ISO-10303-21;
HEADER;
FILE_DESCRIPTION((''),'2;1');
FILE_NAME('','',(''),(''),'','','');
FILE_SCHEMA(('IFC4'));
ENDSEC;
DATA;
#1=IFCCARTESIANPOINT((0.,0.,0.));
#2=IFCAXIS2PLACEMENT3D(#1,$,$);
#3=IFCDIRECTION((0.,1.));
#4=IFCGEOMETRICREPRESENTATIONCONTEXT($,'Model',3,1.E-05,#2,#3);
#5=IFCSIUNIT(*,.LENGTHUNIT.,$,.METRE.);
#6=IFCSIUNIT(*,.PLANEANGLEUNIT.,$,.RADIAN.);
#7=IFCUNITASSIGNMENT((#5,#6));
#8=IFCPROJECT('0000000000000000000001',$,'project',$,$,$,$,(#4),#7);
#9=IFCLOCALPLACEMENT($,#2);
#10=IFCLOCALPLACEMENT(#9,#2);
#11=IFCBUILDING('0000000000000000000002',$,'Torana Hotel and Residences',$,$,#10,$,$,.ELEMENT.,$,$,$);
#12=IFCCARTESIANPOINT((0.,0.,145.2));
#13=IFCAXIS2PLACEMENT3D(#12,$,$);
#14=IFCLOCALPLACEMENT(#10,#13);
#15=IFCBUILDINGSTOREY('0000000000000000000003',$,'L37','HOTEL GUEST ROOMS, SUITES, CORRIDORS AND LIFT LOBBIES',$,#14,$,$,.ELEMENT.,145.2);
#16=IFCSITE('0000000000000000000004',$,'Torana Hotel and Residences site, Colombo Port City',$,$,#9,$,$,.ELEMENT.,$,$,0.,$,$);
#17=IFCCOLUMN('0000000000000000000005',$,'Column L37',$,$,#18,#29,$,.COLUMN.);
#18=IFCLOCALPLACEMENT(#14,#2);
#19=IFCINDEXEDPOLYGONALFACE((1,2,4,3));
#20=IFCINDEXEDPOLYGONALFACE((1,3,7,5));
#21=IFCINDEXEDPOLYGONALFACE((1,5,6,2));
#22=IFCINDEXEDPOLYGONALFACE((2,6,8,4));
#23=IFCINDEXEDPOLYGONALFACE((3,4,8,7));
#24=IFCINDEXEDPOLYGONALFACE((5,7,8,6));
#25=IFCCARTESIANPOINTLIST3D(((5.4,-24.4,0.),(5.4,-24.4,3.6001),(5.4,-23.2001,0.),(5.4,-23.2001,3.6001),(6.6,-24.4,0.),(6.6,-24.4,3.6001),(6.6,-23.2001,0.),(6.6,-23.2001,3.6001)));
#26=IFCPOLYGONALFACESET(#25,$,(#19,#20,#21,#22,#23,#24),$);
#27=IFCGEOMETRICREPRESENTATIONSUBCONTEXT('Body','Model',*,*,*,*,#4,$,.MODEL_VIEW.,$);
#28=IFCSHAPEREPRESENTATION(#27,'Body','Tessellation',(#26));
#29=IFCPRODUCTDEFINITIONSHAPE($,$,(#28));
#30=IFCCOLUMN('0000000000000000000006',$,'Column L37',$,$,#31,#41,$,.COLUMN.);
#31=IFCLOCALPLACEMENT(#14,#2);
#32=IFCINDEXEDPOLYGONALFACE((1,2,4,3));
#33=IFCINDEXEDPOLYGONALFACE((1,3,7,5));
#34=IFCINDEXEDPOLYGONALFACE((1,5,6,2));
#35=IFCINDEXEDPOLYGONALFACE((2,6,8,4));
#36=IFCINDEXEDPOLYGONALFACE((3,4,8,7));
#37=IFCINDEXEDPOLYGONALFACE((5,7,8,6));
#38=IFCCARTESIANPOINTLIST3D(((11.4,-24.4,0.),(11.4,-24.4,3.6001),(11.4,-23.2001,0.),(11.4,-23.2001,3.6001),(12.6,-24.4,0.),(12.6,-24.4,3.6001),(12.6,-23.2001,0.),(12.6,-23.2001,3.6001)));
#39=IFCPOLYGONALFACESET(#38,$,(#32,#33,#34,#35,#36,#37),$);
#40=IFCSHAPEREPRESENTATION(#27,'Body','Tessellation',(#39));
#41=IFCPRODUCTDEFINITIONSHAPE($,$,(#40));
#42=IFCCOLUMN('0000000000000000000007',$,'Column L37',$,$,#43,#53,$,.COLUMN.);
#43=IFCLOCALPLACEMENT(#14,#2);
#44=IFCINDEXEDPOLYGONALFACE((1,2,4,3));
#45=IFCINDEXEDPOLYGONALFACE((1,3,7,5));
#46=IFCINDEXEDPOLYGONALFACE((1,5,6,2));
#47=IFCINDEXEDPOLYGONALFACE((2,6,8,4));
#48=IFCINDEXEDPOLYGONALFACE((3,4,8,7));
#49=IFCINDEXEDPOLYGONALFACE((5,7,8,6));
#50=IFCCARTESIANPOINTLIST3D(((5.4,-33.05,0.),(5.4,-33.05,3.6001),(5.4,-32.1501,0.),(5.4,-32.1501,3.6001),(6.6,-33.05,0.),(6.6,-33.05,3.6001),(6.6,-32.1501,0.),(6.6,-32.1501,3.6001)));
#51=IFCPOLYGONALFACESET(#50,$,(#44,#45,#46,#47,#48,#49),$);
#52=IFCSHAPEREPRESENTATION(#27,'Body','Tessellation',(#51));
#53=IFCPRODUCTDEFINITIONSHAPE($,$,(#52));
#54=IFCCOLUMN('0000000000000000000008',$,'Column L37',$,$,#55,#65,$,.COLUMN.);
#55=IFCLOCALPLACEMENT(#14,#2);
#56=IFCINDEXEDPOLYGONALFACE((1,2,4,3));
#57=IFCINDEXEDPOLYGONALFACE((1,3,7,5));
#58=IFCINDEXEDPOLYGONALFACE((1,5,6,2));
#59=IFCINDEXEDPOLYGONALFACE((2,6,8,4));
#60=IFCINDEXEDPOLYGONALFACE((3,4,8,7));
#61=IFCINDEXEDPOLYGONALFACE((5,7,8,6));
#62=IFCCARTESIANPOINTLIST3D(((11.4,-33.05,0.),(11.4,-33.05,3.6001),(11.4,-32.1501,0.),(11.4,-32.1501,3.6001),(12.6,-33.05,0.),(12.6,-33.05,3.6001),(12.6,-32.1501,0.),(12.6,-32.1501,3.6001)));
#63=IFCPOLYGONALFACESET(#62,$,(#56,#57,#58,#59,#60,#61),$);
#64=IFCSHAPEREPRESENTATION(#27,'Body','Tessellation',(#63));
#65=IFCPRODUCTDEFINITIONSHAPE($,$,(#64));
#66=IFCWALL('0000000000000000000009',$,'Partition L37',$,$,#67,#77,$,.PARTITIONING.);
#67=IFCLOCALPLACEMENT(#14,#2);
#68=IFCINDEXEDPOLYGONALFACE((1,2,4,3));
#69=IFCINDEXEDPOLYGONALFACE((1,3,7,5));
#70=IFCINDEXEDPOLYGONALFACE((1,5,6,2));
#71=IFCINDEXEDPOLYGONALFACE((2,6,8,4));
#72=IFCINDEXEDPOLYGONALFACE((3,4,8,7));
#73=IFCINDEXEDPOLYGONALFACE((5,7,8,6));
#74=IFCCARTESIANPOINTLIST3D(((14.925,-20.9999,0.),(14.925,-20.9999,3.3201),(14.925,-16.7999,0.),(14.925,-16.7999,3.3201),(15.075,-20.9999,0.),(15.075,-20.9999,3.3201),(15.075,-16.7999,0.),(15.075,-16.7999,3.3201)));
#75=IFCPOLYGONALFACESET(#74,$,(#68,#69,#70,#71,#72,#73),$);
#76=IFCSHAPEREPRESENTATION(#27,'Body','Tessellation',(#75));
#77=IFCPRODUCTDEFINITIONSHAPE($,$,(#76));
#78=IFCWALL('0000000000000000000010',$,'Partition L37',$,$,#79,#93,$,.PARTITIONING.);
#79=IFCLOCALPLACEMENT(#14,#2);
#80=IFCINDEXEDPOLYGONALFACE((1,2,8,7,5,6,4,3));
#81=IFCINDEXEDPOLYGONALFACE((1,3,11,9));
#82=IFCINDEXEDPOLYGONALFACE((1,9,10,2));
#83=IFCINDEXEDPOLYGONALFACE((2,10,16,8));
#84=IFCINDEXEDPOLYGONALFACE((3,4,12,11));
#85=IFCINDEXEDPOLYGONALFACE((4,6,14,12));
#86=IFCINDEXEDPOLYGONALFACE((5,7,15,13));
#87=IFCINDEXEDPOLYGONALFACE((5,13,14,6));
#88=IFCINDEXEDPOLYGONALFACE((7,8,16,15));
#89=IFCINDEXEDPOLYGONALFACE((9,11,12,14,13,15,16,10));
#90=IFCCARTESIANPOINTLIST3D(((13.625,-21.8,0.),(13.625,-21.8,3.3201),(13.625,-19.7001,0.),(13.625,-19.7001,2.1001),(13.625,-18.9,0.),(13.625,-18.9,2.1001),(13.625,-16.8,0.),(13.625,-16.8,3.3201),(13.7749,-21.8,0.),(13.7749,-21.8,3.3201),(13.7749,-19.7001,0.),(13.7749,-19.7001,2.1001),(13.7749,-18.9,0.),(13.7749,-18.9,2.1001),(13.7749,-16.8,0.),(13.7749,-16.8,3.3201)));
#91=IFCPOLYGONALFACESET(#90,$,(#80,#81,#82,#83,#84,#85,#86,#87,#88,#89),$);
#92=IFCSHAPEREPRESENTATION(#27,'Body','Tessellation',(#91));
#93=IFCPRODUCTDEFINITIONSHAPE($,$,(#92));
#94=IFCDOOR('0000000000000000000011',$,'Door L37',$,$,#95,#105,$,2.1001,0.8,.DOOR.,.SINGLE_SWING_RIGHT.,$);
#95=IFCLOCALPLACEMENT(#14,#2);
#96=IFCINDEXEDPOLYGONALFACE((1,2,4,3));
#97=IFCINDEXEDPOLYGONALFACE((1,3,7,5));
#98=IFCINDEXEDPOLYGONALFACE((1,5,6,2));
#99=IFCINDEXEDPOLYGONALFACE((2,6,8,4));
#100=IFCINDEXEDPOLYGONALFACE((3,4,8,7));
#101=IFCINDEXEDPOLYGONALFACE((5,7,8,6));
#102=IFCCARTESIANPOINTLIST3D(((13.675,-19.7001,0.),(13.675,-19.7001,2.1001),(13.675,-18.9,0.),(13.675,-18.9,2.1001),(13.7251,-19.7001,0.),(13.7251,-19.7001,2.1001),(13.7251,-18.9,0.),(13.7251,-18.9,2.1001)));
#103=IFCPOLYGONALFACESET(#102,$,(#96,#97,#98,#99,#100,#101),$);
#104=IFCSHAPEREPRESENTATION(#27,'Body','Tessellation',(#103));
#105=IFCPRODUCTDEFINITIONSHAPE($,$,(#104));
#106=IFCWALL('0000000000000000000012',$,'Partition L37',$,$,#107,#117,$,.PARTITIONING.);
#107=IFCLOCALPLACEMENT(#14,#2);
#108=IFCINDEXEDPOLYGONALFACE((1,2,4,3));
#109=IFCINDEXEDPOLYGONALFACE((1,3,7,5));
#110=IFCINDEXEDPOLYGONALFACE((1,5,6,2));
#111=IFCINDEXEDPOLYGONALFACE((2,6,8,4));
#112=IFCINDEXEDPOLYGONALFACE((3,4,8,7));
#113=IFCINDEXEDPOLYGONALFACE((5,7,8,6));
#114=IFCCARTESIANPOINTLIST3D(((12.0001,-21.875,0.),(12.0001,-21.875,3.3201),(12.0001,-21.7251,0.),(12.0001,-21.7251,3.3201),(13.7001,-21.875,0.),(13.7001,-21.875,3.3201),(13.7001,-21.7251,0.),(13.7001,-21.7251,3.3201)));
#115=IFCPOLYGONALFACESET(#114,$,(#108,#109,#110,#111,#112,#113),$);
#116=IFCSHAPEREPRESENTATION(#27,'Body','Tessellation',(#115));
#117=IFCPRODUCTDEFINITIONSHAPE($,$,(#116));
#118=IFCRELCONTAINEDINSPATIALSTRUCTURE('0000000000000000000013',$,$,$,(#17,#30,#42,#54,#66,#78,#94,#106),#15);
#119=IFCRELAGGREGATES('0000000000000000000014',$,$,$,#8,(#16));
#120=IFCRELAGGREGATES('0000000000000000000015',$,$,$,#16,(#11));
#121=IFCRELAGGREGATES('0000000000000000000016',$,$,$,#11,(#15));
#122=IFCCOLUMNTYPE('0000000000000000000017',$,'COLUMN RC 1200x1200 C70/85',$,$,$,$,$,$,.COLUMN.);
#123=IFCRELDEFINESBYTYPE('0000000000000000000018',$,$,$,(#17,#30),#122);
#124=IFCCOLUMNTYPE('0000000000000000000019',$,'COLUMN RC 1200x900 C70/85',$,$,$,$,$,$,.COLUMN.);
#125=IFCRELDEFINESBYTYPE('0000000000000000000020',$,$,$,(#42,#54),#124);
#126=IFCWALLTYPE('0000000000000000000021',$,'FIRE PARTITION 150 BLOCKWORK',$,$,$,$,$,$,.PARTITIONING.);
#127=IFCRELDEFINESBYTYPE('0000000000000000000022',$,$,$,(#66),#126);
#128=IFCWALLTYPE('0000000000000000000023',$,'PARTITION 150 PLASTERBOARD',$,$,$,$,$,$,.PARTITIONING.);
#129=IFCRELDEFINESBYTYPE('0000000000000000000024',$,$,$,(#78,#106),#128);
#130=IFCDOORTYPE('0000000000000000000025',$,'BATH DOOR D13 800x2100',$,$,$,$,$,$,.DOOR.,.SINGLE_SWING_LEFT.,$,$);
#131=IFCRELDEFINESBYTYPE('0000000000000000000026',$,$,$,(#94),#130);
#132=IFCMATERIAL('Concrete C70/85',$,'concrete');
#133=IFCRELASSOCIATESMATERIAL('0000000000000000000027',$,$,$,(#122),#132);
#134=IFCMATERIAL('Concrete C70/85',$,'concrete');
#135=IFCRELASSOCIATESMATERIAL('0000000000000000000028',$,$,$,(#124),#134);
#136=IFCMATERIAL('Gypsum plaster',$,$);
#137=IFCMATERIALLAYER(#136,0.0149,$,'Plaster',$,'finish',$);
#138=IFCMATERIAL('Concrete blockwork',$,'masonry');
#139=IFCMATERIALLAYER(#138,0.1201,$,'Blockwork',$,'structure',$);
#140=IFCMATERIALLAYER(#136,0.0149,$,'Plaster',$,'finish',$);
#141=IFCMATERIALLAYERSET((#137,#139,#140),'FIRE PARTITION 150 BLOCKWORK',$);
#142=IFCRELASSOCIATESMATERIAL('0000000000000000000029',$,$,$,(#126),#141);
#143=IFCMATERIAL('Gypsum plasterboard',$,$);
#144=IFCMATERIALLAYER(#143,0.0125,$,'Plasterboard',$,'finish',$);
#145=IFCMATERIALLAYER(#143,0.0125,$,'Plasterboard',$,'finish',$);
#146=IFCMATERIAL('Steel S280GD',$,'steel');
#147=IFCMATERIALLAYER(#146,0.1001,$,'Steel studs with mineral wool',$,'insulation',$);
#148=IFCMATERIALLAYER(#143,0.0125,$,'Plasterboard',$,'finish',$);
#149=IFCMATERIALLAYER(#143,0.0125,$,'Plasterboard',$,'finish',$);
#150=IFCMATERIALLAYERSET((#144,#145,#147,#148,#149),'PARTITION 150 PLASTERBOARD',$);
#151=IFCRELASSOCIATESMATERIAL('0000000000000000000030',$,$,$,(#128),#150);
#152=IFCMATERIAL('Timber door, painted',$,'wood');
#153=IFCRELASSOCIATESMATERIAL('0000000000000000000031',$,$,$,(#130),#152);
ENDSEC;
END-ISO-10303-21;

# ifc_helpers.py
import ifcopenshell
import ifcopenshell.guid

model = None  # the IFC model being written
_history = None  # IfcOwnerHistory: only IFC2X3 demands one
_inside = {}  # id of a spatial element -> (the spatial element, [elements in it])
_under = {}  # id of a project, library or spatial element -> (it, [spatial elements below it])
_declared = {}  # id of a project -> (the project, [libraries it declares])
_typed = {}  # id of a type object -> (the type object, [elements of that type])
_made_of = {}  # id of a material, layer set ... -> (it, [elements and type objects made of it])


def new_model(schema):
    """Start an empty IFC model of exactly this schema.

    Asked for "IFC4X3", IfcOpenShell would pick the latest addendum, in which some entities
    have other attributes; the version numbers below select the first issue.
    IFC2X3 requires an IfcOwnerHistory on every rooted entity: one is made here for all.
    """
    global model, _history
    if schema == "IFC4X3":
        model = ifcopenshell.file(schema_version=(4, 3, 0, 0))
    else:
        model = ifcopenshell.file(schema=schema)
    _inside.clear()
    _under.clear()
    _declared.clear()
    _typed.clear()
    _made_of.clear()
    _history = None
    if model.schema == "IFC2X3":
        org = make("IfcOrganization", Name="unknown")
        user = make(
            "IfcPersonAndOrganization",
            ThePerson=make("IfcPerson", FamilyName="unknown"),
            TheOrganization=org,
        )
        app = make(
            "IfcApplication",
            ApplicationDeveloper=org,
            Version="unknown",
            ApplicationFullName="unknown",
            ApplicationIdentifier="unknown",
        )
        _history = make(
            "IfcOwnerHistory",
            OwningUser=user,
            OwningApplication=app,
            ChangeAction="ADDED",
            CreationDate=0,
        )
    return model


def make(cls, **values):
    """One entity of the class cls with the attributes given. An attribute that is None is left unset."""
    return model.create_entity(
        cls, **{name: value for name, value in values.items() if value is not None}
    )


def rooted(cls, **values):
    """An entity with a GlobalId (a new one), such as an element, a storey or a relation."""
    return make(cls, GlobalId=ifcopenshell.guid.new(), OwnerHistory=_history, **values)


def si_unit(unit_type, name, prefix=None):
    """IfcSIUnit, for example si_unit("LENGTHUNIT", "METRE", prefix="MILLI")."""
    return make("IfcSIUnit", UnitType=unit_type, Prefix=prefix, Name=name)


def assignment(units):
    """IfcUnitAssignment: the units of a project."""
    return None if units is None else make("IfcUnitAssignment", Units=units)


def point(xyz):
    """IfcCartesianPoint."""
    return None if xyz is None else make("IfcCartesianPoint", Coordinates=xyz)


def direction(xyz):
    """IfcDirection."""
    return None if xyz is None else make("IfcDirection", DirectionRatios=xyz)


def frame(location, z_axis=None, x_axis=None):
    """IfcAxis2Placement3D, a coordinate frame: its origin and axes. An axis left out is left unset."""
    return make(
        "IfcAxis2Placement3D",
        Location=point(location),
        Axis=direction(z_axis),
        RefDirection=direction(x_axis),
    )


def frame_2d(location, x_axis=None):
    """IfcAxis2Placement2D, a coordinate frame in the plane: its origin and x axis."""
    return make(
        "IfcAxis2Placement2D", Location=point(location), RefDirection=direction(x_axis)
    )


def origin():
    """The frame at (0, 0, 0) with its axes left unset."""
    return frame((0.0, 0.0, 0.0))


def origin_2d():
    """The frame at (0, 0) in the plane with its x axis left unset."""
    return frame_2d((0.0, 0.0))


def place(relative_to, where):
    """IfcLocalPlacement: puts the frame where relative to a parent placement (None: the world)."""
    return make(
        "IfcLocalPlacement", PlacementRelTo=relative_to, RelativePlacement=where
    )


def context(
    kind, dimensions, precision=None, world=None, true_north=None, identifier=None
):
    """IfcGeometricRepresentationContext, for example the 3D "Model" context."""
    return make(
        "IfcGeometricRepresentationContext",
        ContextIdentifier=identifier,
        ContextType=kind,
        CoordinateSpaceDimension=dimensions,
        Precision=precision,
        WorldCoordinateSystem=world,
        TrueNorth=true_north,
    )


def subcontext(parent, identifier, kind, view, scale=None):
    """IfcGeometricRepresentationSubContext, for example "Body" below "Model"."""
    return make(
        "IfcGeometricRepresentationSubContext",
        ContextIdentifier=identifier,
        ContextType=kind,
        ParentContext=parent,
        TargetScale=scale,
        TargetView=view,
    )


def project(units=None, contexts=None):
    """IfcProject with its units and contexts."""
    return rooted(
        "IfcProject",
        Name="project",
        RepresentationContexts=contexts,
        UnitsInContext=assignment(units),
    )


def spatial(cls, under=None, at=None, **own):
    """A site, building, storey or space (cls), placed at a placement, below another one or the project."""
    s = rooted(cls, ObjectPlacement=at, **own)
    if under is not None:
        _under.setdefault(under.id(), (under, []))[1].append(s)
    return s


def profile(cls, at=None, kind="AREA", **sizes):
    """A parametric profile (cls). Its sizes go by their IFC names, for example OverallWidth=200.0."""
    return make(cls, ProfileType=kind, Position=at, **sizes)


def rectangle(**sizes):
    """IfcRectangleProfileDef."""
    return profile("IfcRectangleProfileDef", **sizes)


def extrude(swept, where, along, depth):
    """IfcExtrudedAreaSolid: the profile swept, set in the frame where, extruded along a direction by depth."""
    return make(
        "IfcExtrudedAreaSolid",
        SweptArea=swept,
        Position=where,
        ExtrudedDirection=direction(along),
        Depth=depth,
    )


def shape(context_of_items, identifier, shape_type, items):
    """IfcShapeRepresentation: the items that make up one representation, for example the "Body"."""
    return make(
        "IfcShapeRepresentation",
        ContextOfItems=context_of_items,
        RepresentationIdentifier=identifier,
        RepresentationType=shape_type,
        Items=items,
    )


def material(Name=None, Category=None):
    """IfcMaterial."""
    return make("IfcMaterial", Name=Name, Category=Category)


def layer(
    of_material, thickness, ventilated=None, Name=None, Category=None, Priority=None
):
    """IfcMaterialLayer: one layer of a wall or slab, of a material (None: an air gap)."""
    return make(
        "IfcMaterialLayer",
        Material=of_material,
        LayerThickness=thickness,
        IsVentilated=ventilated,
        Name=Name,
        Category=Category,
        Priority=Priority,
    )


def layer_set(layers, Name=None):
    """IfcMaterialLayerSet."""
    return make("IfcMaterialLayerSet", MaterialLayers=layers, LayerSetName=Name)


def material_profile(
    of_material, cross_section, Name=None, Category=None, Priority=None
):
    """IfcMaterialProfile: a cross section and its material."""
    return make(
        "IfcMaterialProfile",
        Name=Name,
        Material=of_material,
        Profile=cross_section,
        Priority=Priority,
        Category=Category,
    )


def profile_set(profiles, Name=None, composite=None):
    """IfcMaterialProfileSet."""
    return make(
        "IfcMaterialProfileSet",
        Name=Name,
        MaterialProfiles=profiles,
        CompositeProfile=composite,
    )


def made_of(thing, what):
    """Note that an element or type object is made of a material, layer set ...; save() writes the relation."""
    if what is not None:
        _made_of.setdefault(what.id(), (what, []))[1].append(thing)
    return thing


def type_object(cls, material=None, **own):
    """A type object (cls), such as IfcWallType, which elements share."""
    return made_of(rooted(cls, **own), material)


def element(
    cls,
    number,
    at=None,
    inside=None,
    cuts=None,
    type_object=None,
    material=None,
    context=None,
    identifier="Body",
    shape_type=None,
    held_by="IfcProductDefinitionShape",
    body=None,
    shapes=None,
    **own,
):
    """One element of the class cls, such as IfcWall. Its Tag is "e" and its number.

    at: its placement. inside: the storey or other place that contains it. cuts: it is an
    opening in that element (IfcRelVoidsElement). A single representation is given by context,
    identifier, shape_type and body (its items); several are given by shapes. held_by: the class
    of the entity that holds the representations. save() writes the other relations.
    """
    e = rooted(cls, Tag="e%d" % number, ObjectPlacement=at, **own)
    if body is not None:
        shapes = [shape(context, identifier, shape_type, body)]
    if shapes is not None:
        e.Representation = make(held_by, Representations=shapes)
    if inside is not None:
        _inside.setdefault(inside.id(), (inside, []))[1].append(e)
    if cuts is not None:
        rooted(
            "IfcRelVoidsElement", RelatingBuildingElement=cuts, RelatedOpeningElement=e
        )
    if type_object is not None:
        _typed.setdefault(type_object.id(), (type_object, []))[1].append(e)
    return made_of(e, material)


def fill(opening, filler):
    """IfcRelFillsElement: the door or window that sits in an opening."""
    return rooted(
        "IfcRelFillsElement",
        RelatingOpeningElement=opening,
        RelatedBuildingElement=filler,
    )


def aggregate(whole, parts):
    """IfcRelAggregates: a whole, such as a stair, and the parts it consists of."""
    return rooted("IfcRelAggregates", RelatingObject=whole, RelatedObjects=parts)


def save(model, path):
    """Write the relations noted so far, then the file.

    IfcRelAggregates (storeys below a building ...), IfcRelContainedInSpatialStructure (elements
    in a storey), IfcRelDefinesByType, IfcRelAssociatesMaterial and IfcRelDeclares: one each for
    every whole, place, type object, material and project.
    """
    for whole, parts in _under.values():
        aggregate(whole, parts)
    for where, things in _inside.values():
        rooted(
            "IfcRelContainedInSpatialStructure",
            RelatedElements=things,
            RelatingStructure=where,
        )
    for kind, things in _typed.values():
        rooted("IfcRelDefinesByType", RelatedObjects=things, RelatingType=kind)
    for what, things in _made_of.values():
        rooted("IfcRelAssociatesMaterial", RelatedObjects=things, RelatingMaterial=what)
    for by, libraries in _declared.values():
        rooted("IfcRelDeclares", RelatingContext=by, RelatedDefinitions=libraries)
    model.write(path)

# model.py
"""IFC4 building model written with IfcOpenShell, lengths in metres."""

from ifc_helpers import new_model, si_unit, direction, frame, frame_2d, origin, origin_2d, place, context, subcontext, project, spatial, rectangle, extrude, material, layer, layer_set, material_profile, profile_set, type_object, element, fill, save


model = new_model("IFC4")

# Units and contexts
model_context = context("Model", 3, precision=1e-05, world=origin(), true_north=direction((0.0, 1.0)))
body_context = subcontext(model_context, "Body", "Model", "MODEL_VIEW")
ifc_project = project(units=[si_unit("LENGTHUNIT", "METRE"), si_unit("PLANEANGLEUNIT", "RADIAN")], contexts=[model_context])

# Site, building, storey
site_placement = place(None, origin())
site = spatial("IfcSite", under=ifc_project, at=site_placement, Name="Torana Hotel and Residences site, Colombo Port City", CompositionType="ELEMENT", RefElevation=0.0)
building_placement = place(site_placement, origin())
building = spatial("IfcBuilding", under=site, at=building_placement, Name="Torana Hotel and Residences", CompositionType="ELEMENT")
storey_placement = place(building_placement, frame((0.0, 0.0, 145.2)))
storey = spatial("IfcBuildingStorey", under=building, at=storey_placement, Name="L37", Description="HOTEL GUEST ROOMS, SUITES, CORRIDORS AND LIFT LOBBIES", CompositionType="ELEMENT", Elevation=145.2)

# Columns
ifc_material_1 = material(Name="Concrete C70/85", Category="concrete")
ifc_material_profile_1 = material_profile(ifc_material_1, rectangle(XDim=1.2, YDim=1.2, at=origin_2d()), Name="RC 1200x1200")
ifc_profile_set_1 = profile_set([ifc_material_profile_1], Name="Concrete C70/85")
column_type_1 = type_object("IfcColumnType", Name="COLUMN RC 1200x1200 C70/85", PredefinedType="COLUMN", material=ifc_profile_set_1)
for number, where, z_axis, x_axis, name in (
    (1, (6.0, -23.8, 0.0), (0.0, 0.0, 1.0), (1.0, 0.0, 0.0), "Column L37"),
    (2, (12.0, -23.8, 0.0), (0.0, 0.0, 1.0), (1.0, 0.0, 0.0), "Column L37"),
):
    element("IfcColumn", number, at=place(storey_placement, frame(where, z_axis=z_axis, x_axis=x_axis)), inside=storey, type_object=column_type_1, Name=name, PredefinedType="COLUMN", context=body_context, shape_type="SweptSolid", body=[
        extrude(rectangle(XDim=1.2, YDim=1.2, at=origin_2d()), origin(), (0.0, 0.0, 1.0), 3.6001),
    ])
ifc_material_2 = material(Name="Concrete C70/85", Category="concrete")
ifc_material_profile_2 = material_profile(ifc_material_2, rectangle(XDim=1.2, YDim=0.8999, at=origin_2d()), Name="RC 1200x900")
ifc_profile_set_2 = profile_set([ifc_material_profile_2], Name="Concrete C70/85")
column_type_2 = type_object("IfcColumnType", Name="COLUMN RC 1200x900 C70/85", PredefinedType="COLUMN", material=ifc_profile_set_2)
for number, where, z_axis, x_axis, name in (
    (3, (6.0, -32.6001, 0.0), (0.0, 0.0, 1.0), (1.0, 0.0, 0.0), "Column L37"),
    (4, (12.0, -32.6001, 0.0), (0.0, 0.0, 1.0), (1.0, 0.0, 0.0), "Column L37"),
):
    element("IfcColumn", number, at=place(storey_placement, frame(where, z_axis=z_axis, x_axis=x_axis)), inside=storey, type_object=column_type_2, Name=name, PredefinedType="COLUMN", context=body_context, shape_type="SweptSolid", body=[
        extrude(rectangle(XDim=1.2, YDim=0.8999, at=origin_2d()), origin(), (0.0, 0.0, 1.0), 3.6001),
    ])

# Wall
ifc_material_3 = material(Name="Gypsum plaster")
ifc_layer_1 = layer(ifc_material_3, 0.0149, Name="Plaster", Category="finish")
ifc_material_4 = material(Name="Concrete blockwork", Category="masonry")
ifc_layer_2 = layer(ifc_material_4, 0.1201, Name="Blockwork", Category="structure")
ifc_layer_3 = layer(ifc_material_3, 0.0149, Name="Plaster", Category="finish")
ifc_layer_set_1 = layer_set([ifc_layer_1, ifc_layer_2, ifc_layer_3], Name="FIRE PARTITION 150 BLOCKWORK")
wall_type_1 = type_object("IfcWallType", Name="FIRE PARTITION 150 BLOCKWORK", PredefinedType="PARTITIONING", material=ifc_layer_set_1)
wall_1_placement = place(storey_placement, frame((15.0, -21.0, 0.0), z_axis=(0.0, 0.0, 1.0), x_axis=(0.0, 1.0, 0.0)))
element("IfcWall", 5, at=wall_1_placement, inside=storey, type_object=wall_type_1, Name="Partition L37", PredefinedType="PARTITIONING", context=body_context, shape_type="SweptSolid", body=[
    extrude(rectangle(XDim=4.2, YDim=0.1499, at=frame_2d((2.1001, 0.0))), origin(), (0.0, 0.0, 1.0), 3.3201),
])

# Wall, opening, door
ifc_material_5 = material(Name="Gypsum plasterboard")
ifc_layer_4 = layer(ifc_material_5, 0.0125, Name="Plasterboard", Category="finish")
ifc_layer_5 = layer(ifc_material_5, 0.0125, Name="Plasterboard", Category="finish")
ifc_material_6 = material(Name="Steel S280GD", Category="steel")
ifc_layer_6 = layer(ifc_material_6, 0.1001, Name="Steel studs with mineral wool", Category="insulation")
ifc_layer_7 = layer(ifc_material_5, 0.0125, Name="Plasterboard", Category="finish")
ifc_layer_8 = layer(ifc_material_5, 0.0125, Name="Plasterboard", Category="finish")
ifc_layer_set_2 = layer_set([ifc_layer_4, ifc_layer_5, ifc_layer_6, ifc_layer_7, ifc_layer_8], Name="PARTITION 150 PLASTERBOARD")
wall_type_2 = type_object("IfcWallType", Name="PARTITION 150 PLASTERBOARD", PredefinedType="PARTITIONING", material=ifc_layer_set_2)
wall_2_placement = place(storey_placement, frame((13.7, -21.8, 0.0), z_axis=(0.0, 0.0, 1.0), x_axis=(0.0, 1.0, 0.0)))
wall_2 = element("IfcWall", 6, at=wall_2_placement, inside=storey, type_object=wall_type_2, Name="Partition L37", PredefinedType="PARTITIONING", context=body_context, shape_type="SweptSolid", body=[
    extrude(rectangle(XDim=5.0, YDim=0.1499, at=frame_2d((2.5, 0.0))), origin(), (0.0, 0.0, 1.0), 3.3201),
])
opening_placement = place(wall_2_placement, frame((2.1001, 0.0, 0.0)))
opening = element("IfcOpeningElement", 7, at=opening_placement, cuts=wall_2, PredefinedType="OPENING", context=body_context, shape_type="SweptSolid", body=[
    extrude(rectangle(XDim=0.8, YDim=2.1001, at=frame_2d((0.3999, 1.05))), frame((0.0, 0.085, 0.0), z_axis=(0.0, -1.0, 0.0), x_axis=(1.0, 0.0, 0.0)), (0.0, 0.0, 1.0), 0.1699),
])
ifc_material_7 = material(Name="Timber door, painted", Category="wood")
door_type = type_object("IfcDoorType", Name="BATH DOOR D13 800x2100", OperationType="SINGLE_SWING_LEFT", PredefinedType="DOOR", material=ifc_material_7)
door_placement = place(opening_placement, origin())
door = element("IfcDoor", 8, at=door_placement, inside=storey, type_object=door_type, Name="Door L37", OperationType="SINGLE_SWING_RIGHT", OverallHeight=2.1001, OverallWidth=0.8, PredefinedType="DOOR", context=body_context, shape_type="SweptSolid", body=[
    extrude(rectangle(XDim=0.8, YDim=2.1001, at=frame_2d((0.3999, 1.05))), frame((0.0, 0.0249, 0.0), z_axis=(0.0, -1.0, 0.0), x_axis=(1.0, 0.0, 0.0)), (0.0, 0.0, 1.0), 0.05),
])
fill(opening, door)

# Wall
wall_3_placement = place(storey_placement, frame((12.0, -21.8, 0.0), z_axis=(0.0, 0.0, 1.0), x_axis=(1.0, 0.0, 0.0)))
element("IfcWall", 9, at=wall_3_placement, inside=storey, type_object=wall_type_2, Name="Partition L37", PredefinedType="PARTITIONING", context=body_context, shape_type="SweptSolid", body=[
    extrude(rectangle(XDim=1.7, YDim=0.1499, at=frame_2d((0.8501, 0.0))), origin(), (0.0, 0.0, 1.0), 3.3201),
])

save(model, "model.ifc")
